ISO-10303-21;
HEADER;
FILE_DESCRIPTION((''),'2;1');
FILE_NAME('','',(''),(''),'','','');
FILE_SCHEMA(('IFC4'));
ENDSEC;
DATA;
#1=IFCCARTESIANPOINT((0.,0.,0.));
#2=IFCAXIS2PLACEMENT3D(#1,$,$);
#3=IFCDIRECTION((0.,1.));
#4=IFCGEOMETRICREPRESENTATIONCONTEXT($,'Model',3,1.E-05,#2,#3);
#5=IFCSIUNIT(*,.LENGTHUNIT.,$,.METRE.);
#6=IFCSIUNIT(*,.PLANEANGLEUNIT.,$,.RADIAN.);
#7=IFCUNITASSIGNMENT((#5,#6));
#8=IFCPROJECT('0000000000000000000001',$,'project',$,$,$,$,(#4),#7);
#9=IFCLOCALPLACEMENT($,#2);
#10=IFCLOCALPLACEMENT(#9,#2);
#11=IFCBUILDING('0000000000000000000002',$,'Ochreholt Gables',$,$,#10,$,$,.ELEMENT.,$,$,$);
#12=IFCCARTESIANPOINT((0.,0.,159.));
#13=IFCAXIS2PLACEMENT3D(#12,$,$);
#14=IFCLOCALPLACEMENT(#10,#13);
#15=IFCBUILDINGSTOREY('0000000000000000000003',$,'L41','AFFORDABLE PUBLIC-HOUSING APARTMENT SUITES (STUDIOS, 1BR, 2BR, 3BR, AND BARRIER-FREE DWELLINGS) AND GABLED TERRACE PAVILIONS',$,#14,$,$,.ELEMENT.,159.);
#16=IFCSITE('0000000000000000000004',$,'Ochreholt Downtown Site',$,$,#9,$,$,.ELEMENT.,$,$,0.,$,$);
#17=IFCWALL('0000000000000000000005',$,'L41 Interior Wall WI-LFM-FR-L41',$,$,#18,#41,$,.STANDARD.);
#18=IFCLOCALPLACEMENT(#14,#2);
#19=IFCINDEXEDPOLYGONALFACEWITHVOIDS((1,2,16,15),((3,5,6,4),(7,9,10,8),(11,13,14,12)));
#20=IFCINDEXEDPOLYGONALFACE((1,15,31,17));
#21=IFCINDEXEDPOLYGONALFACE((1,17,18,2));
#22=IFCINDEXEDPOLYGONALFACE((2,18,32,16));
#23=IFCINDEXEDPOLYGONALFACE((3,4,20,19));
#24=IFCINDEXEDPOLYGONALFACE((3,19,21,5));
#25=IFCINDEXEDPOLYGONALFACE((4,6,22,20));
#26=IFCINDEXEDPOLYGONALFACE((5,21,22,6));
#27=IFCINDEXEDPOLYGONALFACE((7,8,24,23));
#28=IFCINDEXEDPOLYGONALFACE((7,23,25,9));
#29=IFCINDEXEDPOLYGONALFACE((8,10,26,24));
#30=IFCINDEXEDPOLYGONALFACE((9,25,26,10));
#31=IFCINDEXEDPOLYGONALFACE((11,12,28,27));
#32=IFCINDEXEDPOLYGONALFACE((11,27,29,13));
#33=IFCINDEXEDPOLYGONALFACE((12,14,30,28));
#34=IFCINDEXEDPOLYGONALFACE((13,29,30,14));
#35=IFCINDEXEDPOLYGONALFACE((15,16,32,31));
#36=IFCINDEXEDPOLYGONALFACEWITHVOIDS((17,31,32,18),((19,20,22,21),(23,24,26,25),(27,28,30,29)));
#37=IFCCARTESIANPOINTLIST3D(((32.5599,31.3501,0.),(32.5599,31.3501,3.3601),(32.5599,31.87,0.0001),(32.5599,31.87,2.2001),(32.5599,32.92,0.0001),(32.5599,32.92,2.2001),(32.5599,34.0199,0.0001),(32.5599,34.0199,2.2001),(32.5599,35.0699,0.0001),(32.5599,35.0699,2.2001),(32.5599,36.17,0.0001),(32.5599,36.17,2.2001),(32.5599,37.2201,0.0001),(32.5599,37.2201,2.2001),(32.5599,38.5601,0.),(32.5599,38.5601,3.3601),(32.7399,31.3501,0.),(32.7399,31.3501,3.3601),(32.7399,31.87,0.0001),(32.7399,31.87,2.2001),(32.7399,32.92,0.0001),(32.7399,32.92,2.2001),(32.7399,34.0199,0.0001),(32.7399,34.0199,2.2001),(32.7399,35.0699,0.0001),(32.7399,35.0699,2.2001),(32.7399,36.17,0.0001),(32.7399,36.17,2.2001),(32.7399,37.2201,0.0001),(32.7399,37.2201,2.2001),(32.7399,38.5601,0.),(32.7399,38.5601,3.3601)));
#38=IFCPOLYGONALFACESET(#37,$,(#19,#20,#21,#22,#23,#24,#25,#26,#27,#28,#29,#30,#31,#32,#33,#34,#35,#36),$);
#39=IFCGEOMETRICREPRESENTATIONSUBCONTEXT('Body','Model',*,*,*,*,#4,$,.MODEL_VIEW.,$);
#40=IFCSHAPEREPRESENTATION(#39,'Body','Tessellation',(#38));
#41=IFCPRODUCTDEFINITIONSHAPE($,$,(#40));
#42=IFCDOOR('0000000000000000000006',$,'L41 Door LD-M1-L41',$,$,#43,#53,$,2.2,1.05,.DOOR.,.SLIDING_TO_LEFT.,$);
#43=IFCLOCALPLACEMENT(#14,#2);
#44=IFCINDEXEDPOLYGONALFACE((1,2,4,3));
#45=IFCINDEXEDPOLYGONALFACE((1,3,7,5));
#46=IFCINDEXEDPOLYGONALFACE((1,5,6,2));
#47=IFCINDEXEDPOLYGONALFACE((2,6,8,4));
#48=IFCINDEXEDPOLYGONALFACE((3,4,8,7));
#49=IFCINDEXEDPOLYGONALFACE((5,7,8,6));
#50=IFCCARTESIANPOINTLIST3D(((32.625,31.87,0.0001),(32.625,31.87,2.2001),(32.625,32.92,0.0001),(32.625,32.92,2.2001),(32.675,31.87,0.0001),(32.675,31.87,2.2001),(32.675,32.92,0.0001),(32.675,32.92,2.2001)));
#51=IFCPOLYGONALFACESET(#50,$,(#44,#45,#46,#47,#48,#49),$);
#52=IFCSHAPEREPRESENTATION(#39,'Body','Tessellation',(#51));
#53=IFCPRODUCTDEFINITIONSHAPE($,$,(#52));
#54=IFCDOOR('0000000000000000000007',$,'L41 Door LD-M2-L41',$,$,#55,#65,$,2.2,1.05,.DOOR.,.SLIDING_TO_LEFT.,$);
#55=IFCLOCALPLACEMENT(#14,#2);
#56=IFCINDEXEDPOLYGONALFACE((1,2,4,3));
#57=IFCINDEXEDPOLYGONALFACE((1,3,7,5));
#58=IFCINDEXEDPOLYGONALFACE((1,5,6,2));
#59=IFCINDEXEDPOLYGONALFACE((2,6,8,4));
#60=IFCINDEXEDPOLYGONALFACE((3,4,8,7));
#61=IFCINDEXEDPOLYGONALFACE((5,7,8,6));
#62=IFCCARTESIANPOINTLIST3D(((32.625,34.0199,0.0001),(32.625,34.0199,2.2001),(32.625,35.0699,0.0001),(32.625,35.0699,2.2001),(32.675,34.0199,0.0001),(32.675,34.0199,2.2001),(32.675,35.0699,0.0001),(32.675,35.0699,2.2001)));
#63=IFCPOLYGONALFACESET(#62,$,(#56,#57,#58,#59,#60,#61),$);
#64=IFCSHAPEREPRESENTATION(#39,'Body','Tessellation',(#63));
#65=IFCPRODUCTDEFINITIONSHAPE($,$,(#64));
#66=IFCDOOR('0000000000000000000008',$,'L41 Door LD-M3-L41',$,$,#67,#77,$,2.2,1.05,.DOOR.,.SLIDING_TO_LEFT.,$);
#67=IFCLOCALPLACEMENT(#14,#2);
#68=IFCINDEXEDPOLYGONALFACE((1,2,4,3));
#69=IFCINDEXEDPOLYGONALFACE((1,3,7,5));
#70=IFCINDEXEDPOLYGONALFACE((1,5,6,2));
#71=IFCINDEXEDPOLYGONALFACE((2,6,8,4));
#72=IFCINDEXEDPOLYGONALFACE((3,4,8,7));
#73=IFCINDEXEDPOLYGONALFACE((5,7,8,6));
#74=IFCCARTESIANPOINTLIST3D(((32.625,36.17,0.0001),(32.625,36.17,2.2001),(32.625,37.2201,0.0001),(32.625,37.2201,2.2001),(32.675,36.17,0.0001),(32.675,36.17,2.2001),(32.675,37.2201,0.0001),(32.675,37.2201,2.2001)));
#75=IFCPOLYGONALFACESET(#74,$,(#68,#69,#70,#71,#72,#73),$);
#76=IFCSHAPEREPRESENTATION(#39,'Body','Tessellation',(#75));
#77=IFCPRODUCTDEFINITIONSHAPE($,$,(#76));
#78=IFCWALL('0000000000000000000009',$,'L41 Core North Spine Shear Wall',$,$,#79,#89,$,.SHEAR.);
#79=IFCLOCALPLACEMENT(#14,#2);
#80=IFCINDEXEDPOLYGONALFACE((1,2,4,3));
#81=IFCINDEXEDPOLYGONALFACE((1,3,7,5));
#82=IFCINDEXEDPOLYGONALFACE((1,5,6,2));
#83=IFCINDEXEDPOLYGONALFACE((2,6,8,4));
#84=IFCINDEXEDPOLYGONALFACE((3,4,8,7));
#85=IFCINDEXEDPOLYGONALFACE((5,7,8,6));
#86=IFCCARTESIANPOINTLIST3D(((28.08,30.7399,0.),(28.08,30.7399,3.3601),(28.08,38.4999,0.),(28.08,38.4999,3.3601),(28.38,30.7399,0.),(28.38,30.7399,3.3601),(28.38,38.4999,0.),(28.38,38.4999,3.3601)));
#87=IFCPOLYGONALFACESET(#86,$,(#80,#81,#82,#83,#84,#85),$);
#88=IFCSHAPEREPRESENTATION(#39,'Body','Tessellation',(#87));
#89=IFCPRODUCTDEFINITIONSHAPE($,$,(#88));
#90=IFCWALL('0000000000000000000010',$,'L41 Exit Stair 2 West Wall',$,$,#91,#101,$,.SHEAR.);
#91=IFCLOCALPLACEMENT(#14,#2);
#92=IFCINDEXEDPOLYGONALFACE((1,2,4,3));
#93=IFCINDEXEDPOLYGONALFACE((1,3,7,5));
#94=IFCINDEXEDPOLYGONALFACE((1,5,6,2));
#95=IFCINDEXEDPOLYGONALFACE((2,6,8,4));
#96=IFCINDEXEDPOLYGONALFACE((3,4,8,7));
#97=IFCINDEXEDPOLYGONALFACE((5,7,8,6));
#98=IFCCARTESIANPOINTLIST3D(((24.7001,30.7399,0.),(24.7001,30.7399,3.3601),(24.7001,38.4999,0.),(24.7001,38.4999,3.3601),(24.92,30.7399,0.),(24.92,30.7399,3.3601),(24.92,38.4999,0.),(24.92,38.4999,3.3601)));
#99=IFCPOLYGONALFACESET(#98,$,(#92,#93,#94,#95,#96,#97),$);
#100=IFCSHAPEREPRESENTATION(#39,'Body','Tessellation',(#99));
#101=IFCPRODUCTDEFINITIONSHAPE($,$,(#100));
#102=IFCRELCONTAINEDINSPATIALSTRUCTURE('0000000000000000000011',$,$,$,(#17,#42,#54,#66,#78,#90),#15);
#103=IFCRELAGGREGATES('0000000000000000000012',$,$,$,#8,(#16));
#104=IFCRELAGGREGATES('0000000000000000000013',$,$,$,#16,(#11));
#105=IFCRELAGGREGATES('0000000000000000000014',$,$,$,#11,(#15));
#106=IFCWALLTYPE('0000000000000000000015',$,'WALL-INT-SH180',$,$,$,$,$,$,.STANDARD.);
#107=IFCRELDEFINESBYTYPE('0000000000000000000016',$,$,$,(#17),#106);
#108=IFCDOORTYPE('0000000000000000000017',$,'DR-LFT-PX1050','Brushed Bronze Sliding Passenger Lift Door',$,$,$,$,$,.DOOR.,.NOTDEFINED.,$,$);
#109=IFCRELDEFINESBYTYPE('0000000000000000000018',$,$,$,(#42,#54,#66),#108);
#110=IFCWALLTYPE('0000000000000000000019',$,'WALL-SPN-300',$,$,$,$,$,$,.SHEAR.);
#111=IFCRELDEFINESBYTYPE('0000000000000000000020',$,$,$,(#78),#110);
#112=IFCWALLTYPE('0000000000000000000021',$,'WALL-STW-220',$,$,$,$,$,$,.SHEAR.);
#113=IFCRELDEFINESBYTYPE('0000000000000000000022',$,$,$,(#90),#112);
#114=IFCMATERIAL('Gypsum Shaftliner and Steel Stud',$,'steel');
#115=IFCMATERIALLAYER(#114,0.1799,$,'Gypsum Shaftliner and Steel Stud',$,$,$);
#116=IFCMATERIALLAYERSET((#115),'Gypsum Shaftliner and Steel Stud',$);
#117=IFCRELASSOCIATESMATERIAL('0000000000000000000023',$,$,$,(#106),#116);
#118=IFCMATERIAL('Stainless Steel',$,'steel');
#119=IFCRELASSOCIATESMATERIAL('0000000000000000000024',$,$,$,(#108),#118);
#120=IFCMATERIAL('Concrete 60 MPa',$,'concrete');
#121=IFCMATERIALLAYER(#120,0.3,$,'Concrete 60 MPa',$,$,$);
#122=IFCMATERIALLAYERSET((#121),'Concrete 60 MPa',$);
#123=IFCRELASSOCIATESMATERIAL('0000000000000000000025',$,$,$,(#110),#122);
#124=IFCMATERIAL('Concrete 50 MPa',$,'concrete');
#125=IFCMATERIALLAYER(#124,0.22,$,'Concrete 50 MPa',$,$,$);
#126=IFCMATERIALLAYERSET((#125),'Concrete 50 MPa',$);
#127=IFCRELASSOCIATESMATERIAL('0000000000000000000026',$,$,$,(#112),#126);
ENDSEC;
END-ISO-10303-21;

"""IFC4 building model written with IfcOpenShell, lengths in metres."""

from ifc_helpers import new_model, si_unit, direction, frame, frame_2d, origin, place, context, subcontext, project, spatial, rectangle, extrude, material, layer, layer_set, type_object, element, fill, save


model = new_model("IFC4")

# Units and contexts
model_context = context("Model", 3, precision=1e-05, world=origin(), true_north=direction((0.0, 1.0)))
body_context = subcontext(model_context, "Body", "Model", "MODEL_VIEW")
ifc_project = project(units=[si_unit("LENGTHUNIT", "METRE"), si_unit("PLANEANGLEUNIT", "RADIAN")], contexts=[model_context])

# Site, building, storey
site_placement = place(None, origin())
site = spatial("IfcSite", under=ifc_project, at=site_placement, Name="Ochreholt Downtown Site", CompositionType="ELEMENT", RefElevation=0.0)
building_placement = place(site_placement, origin())
building = spatial("IfcBuilding", under=site, at=building_placement, Name="Ochreholt Gables", CompositionType="ELEMENT")
storey_placement = place(building_placement, frame((0.0, 0.0, 159.0)))
storey = spatial("IfcBuildingStorey", under=building, at=storey_placement, Name="L41", Description="AFFORDABLE PUBLIC-HOUSING APARTMENT SUITES (STUDIOS, 1BR, 2BR, 3BR, AND BARRIER-FREE DWELLINGS) AND GABLED TERRACE PAVILIONS", CompositionType="ELEMENT", Elevation=159.0)

# Shared definitions
ifc_material_1 = material(Name="Gypsum Shaftliner and Steel Stud", Category="steel")
ifc_layer_1 = layer(ifc_material_1, 0.1799, Name="Gypsum Shaftliner and Steel Stud")
ifc_layer_set_1 = layer_set([ifc_layer_1], Name="Gypsum Shaftliner and Steel Stud")
wall_type_1 = type_object("IfcWallType", Name="WALL-INT-SH180", PredefinedType="STANDARD", material=ifc_layer_set_1)

# Wall, openings, doors
wall_1_placement = place(storey_placement, frame((32.6499, 31.3501, 0.0), z_axis=(0.0, 0.0, 1.0), x_axis=(0.0, 1.0, 0.0)))
wall_1 = element("IfcWall", 1, at=wall_1_placement, inside=storey, type_object=wall_type_1, Name="L41 Interior Wall WI-LFM-FR-L41", PredefinedType="STANDARD", context=body_context, shape_type="SweptSolid", body=[
    extrude(rectangle(XDim=7.21, YDim=0.1799, at=frame_2d((3.605, 0.0))), origin(), (0.0, 0.0, 1.0), 3.3601),
])
opening_1_placement = place(wall_1_placement, frame((0.52, 0.0, 0.0)))
opening_1 = element("IfcOpeningElement", 2, at=opening_1_placement, cuts=wall_1, PredefinedType="OPENING", context=body_context, shape_type="SweptSolid", body=[
    extrude(rectangle(XDim=1.05, YDim=2.2, at=frame_2d((0.5249, 1.1001))), frame((0.0, 0.0999, 0.0), z_axis=(0.0, -1.0, 0.0), x_axis=(1.0, 0.0, 0.0)), (0.0, 0.0, 1.0), 0.2),
])
opening_2_placement = place(wall_1_placement, frame((2.6699, 0.0, 0.0)))
opening_2 = element("IfcOpeningElement", 3, at=opening_2_placement, cuts=wall_1, PredefinedType="OPENING", context=body_context, shape_type="SweptSolid", body=[
    extrude(rectangle(XDim=1.05, YDim=2.2, at=frame_2d((0.5249, 1.1001))), frame((0.0, 0.0999, 0.0), z_axis=(0.0, -1.0, 0.0), x_axis=(1.0, 0.0, 0.0)), (0.0, 0.0, 1.0), 0.2),
])
opening_3_placement = place(wall_1_placement, frame((4.8201, 0.0, 0.0)))
opening_3 = element("IfcOpeningElement", 4, at=opening_3_placement, cuts=wall_1, PredefinedType="OPENING", context=body_context, shape_type="SweptSolid", body=[
    extrude(rectangle(XDim=1.05, YDim=2.2, at=frame_2d((0.5249, 1.1001))), frame((0.0, 0.0999, 0.0), z_axis=(0.0, -1.0, 0.0), x_axis=(1.0, 0.0, 0.0)), (0.0, 0.0, 1.0), 0.2),
])
ifc_material_2 = material(Name="Stainless Steel", Category="steel")
door_type_1 = type_object("IfcDoorType", Name="DR-LFT-PX1050", Description="Brushed Bronze Sliding Passenger Lift Door", OperationType="NOTDEFINED", PredefinedType="DOOR", material=ifc_material_2)
door_1_placement = place(opening_1_placement, origin())
door_1 = element("IfcDoor", 5, at=door_1_placement, inside=storey, type_object=door_type_1, Name="L41 Door LD-M1-L41", OperationType="SLIDING_TO_LEFT", OverallHeight=2.2, OverallWidth=1.05, PredefinedType="DOOR", context=body_context, shape_type="SweptSolid", body=[
    extrude(rectangle(XDim=1.05, YDim=2.2, at=frame_2d((0.5249, 1.1001))), frame((0.0, 0.0249, 0.0), z_axis=(0.0, -1.0, 0.0), x_axis=(1.0, 0.0, 0.0)), (0.0, 0.0, 1.0), 0.05),
])
fill(opening_1, door_1)
door_2_placement = place(opening_2_placement, origin())
door_2 = element("IfcDoor", 6, at=door_2_placement, inside=storey, type_object=door_type_1, Name="L41 Door LD-M2-L41", OperationType="SLIDING_TO_LEFT", OverallHeight=2.2, OverallWidth=1.05, PredefinedType="DOOR", context=body_context, shape_type="SweptSolid", body=[
    extrude(rectangle(XDim=1.05, YDim=2.2, at=frame_2d((0.5249, 1.1001))), frame((0.0, 0.0249, 0.0), z_axis=(0.0, -1.0, 0.0), x_axis=(1.0, 0.0, 0.0)), (0.0, 0.0, 1.0), 0.05),
])
fill(opening_2, door_2)
door_3_placement = place(opening_3_placement, origin())
door_3 = element("IfcDoor", 7, at=door_3_placement, inside=storey, type_object=door_type_1, Name="L41 Door LD-M3-L41", OperationType="SLIDING_TO_LEFT", OverallHeight=2.2, OverallWidth=1.05, PredefinedType="DOOR", context=body_context, shape_type="SweptSolid", body=[
    extrude(rectangle(XDim=1.05, YDim=2.2, at=frame_2d((0.5249, 1.1001))), frame((0.0, 0.0249, 0.0), z_axis=(0.0, -1.0, 0.0), x_axis=(1.0, 0.0, 0.0)), (0.0, 0.0, 1.0), 0.05),
])
fill(opening_3, door_3)

# Walls
ifc_material_3 = material(Name="Concrete 60 MPa", Category="concrete")
ifc_layer_2 = layer(ifc_material_3, 0.3, Name="Concrete 60 MPa")
ifc_layer_set_2 = layer_set([ifc_layer_2], Name="Concrete 60 MPa")
wall_type_2 = type_object("IfcWallType", Name="WALL-SPN-300", PredefinedType="SHEAR", material=ifc_layer_set_2)
wall_2_placement = place(storey_placement, frame((28.23, 30.74, 0.0), z_axis=(0.0, 0.0, 1.0), x_axis=(0.0, 1.0, 0.0)))
element("IfcWall", 8, at=wall_2_placement, inside=storey, type_object=wall_type_2, Name="L41 Core North Spine Shear Wall", PredefinedType="SHEAR", context=body_context, shape_type="SweptSolid", body=[
    extrude(rectangle(XDim=7.76, YDim=0.3, at=frame_2d((3.8799, 0.0))), origin(), (0.0, 0.0, 1.0), 3.3601),
])
ifc_material_4 = material(Name="Concrete 50 MPa", Category="concrete")
ifc_layer_3 = layer(ifc_material_4, 0.22, Name="Concrete 50 MPa")
ifc_layer_set_3 = layer_set([ifc_layer_3], Name="Concrete 50 MPa")
wall_type_3 = type_object("IfcWallType", Name="WALL-STW-220", PredefinedType="SHEAR", material=ifc_layer_set_3)
wall_3_placement = place(storey_placement, frame((24.8101, 30.74, 0.0), z_axis=(0.0, 0.0, 1.0), x_axis=(0.0, 1.0, 0.0)))
element("IfcWall", 9, at=wall_3_placement, inside=storey, type_object=wall_type_3, Name="L41 Exit Stair 2 West Wall", PredefinedType="SHEAR", context=body_context, shape_type="SweptSolid", body=[
    extrude(rectangle(XDim=7.76, YDim=0.22, at=frame_2d((3.8799, 0.0))), origin(), (0.0, 0.0, 1.0), 3.3601),
])

save(model, "model.ifc")
